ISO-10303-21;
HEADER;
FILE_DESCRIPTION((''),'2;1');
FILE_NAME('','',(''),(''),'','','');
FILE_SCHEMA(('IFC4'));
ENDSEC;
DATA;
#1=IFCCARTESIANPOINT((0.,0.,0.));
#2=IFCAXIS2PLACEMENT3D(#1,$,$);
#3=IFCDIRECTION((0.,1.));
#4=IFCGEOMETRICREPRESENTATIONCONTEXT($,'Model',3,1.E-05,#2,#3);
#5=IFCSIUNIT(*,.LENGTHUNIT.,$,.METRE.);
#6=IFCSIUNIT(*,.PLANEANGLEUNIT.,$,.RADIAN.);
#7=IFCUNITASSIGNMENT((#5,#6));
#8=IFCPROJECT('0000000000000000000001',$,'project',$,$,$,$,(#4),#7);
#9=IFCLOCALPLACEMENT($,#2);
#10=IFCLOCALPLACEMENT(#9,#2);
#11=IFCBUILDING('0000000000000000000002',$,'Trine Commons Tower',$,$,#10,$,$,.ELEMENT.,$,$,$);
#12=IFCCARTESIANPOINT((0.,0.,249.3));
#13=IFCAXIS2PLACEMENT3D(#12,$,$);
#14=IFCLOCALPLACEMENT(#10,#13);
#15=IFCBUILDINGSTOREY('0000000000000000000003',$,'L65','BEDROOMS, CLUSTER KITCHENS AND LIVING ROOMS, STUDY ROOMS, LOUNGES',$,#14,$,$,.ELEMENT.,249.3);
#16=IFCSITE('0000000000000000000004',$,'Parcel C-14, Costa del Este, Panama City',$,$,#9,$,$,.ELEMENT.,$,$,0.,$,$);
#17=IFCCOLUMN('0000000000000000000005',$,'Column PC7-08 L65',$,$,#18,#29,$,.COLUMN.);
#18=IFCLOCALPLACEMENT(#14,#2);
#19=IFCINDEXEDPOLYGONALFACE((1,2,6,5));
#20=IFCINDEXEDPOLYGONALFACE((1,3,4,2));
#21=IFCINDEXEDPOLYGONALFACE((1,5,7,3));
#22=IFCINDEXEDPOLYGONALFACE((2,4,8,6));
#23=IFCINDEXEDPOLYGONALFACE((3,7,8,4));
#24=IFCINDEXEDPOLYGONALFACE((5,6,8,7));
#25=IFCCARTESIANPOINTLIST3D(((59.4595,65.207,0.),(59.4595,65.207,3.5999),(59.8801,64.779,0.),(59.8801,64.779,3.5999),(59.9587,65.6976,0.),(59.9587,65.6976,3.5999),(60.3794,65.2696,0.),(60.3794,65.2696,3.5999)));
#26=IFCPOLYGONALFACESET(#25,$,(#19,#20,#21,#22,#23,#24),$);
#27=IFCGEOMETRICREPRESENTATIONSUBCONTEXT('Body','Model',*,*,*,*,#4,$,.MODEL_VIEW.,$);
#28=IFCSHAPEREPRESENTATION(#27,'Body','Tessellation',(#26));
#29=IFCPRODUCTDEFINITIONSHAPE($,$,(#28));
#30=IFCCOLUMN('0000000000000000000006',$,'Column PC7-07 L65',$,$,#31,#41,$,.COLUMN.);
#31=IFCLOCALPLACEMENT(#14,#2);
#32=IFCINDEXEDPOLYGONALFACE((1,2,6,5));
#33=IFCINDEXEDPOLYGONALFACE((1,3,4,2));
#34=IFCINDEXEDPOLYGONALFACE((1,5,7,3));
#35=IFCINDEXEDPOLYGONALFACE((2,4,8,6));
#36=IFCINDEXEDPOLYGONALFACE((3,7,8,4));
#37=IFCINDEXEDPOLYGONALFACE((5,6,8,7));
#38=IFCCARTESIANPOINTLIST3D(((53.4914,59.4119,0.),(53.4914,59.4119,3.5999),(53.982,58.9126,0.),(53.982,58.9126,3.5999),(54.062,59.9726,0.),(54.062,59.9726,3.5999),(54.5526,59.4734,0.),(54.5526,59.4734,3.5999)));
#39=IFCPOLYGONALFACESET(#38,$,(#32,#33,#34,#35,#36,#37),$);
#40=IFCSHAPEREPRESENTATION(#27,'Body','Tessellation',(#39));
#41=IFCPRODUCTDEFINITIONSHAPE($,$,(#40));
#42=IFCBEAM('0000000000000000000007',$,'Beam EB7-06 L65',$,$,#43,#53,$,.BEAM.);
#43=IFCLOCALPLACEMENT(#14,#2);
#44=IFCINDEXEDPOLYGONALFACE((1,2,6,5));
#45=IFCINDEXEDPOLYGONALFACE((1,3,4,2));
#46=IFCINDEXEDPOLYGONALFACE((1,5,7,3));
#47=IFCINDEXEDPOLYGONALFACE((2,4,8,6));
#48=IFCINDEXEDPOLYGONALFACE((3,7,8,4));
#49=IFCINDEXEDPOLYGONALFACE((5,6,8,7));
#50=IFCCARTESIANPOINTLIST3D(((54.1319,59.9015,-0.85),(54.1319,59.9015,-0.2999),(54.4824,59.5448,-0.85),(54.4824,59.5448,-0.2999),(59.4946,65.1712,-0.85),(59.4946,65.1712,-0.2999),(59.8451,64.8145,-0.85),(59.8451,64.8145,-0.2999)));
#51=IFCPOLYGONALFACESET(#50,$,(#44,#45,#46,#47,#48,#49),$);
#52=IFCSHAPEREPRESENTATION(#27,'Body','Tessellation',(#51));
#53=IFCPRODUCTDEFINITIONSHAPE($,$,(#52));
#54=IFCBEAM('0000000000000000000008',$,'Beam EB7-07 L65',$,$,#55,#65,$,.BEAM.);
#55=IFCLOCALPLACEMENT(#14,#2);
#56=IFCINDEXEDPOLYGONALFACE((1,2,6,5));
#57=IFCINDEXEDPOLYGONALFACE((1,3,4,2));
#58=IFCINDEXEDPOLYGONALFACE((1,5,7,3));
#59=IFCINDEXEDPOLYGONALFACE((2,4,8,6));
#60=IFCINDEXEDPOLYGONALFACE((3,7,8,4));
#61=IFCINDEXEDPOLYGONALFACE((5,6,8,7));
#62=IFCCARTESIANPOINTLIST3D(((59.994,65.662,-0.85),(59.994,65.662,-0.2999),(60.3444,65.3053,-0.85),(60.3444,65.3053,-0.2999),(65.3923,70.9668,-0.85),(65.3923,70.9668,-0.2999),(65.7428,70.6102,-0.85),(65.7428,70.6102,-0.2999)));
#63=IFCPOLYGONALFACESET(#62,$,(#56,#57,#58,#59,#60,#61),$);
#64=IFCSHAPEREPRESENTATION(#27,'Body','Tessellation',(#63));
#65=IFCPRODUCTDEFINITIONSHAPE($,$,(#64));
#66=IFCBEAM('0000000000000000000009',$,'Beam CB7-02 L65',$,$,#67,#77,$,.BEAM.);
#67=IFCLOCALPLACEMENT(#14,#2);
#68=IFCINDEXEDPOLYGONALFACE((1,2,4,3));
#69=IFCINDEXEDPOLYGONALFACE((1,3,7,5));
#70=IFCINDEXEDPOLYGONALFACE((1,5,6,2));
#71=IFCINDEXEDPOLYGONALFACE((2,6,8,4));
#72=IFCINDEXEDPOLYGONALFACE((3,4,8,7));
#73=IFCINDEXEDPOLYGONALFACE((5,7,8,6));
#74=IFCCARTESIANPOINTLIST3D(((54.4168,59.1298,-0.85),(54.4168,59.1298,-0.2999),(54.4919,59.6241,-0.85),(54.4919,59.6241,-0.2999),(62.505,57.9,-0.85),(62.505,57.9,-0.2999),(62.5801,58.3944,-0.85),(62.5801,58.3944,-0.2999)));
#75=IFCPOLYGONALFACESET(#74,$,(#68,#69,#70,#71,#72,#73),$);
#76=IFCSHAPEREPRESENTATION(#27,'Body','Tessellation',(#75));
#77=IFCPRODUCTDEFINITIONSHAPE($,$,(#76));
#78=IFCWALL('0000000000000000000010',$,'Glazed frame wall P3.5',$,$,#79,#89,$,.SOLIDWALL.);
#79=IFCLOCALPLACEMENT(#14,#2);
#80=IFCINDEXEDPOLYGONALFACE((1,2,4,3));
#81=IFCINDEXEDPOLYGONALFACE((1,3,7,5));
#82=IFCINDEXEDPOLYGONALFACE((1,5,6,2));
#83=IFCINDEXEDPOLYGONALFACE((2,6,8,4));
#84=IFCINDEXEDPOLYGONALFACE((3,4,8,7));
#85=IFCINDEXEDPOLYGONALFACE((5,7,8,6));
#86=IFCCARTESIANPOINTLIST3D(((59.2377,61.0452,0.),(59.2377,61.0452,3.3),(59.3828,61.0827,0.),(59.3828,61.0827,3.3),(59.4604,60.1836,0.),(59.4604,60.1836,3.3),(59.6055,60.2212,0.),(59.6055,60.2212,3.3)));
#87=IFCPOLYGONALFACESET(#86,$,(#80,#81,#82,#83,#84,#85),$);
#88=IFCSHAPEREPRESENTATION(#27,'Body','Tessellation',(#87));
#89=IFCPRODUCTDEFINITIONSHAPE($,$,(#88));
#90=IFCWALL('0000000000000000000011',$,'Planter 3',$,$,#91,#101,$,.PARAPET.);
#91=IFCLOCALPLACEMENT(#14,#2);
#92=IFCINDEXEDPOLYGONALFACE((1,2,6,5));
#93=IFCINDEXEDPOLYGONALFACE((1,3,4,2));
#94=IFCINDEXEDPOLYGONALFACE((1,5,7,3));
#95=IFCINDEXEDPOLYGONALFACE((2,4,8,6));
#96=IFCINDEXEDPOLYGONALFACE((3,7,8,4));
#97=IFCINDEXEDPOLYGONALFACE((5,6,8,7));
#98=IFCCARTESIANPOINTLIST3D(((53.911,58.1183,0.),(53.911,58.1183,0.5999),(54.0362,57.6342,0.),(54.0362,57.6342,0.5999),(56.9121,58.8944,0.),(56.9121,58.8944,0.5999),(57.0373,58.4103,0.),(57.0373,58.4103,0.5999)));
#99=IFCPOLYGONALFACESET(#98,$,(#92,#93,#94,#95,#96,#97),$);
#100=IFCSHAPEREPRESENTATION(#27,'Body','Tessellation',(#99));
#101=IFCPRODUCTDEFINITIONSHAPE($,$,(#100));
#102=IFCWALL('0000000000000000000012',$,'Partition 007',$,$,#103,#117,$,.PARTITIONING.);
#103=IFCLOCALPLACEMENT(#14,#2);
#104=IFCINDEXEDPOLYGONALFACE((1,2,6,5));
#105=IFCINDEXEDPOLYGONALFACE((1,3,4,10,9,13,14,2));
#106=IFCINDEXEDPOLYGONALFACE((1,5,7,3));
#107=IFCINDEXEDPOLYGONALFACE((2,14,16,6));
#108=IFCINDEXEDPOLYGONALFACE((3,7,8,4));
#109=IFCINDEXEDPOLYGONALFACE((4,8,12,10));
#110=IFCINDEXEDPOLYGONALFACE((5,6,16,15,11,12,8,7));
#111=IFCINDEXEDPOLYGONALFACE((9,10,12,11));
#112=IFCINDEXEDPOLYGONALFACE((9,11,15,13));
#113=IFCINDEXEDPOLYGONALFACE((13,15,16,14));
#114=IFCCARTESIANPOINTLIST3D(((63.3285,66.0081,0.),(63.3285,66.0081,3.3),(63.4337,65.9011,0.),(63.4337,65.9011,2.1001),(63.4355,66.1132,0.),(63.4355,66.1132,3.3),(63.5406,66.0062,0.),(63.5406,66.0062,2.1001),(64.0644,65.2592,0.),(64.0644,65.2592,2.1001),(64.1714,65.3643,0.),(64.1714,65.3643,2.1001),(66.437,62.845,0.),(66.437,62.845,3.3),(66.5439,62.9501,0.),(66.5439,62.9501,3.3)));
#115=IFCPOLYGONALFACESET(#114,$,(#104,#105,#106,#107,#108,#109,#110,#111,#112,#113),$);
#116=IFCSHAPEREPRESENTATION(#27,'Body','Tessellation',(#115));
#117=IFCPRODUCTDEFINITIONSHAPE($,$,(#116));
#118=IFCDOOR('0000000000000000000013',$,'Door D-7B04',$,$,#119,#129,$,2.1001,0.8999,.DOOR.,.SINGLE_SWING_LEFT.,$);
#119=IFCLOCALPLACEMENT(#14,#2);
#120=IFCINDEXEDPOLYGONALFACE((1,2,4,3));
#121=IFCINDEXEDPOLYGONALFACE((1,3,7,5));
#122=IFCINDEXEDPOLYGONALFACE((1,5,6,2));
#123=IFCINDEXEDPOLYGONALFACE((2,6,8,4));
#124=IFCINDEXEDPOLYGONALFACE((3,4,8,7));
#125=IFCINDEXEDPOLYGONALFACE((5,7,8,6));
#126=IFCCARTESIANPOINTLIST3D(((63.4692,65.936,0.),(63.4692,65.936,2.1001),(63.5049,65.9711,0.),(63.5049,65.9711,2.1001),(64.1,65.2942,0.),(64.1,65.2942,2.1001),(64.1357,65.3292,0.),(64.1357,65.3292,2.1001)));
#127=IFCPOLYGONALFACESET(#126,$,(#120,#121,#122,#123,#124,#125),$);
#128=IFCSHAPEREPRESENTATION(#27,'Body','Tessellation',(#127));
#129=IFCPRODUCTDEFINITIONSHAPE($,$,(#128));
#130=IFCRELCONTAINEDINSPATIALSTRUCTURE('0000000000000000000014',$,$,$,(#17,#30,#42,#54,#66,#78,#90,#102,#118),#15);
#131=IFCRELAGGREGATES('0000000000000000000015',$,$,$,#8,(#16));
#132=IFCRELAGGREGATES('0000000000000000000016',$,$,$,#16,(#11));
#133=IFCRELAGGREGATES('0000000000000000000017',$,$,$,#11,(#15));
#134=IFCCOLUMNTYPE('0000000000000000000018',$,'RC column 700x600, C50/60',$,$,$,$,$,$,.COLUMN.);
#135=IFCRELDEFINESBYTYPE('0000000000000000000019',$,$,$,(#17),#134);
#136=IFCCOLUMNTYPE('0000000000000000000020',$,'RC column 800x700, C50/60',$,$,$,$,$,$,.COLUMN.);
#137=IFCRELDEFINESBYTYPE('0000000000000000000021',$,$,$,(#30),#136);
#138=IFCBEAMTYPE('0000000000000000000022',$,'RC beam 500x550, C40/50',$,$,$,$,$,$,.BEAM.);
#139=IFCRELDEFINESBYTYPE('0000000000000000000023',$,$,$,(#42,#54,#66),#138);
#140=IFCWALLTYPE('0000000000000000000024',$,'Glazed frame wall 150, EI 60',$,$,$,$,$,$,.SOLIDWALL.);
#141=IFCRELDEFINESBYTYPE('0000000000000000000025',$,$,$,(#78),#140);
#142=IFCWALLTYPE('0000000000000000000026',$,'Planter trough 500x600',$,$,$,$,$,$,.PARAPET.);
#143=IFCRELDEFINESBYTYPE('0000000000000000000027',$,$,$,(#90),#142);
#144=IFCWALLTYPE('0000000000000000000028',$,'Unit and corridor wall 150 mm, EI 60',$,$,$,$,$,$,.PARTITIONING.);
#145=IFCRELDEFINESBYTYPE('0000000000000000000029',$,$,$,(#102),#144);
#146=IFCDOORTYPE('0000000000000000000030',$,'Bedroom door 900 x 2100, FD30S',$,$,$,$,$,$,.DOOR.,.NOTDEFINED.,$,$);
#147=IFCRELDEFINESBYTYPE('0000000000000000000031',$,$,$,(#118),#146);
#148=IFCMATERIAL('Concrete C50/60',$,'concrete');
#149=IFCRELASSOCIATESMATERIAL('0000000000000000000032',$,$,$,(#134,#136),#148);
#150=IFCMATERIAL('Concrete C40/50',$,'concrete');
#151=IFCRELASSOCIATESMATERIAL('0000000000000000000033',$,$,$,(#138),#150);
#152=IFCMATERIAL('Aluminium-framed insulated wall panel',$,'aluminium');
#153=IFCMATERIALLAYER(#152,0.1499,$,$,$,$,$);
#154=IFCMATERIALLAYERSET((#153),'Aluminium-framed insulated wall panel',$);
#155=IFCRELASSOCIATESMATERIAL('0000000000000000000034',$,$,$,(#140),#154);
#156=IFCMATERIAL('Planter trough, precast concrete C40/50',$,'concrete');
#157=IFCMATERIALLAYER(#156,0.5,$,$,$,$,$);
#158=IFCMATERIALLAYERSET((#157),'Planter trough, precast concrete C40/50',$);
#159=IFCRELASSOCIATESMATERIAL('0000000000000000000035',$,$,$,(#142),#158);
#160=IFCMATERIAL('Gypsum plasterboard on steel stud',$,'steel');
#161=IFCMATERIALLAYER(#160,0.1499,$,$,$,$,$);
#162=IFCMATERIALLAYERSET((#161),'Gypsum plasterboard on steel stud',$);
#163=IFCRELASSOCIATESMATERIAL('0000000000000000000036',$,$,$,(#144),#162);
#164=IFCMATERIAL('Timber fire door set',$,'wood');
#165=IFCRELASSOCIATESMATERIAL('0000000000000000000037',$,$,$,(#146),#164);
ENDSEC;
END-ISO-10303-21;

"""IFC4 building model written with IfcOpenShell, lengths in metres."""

from ifc_helpers import new_model, si_unit, direction, frame, frame_2d, origin, origin_2d, place, context, subcontext, project, spatial, polyline, rectangle, outline, extrude, material, layer, layer_set, material_profile, profile_set, type_object, element, fill, save


model = new_model("IFC4")

# Units and contexts
model_context = context("Model", 3, precision=1e-05, world=origin(), true_north=direction((0.0, 1.0)))
body_context = subcontext(model_context, "Body", "Model", "MODEL_VIEW")
ifc_project = project(units=[si_unit("LENGTHUNIT", "METRE"), si_unit("PLANEANGLEUNIT", "RADIAN")], contexts=[model_context])

# Site, building, storey
site_placement = place(None, origin())
site = spatial("IfcSite", under=ifc_project, at=site_placement, Name="Parcel C-14, Costa del Este, Panama City", CompositionType="ELEMENT", RefElevation=0.0)
building_placement = place(site_placement, origin())
building = spatial("IfcBuilding", under=site, at=building_placement, Name="Trine Commons Tower", CompositionType="ELEMENT")
storey_placement = place(building_placement, frame((0.0, 0.0, 249.3)))
storey = spatial("IfcBuildingStorey", under=building, at=storey_placement, Name="L65", Description="BEDROOMS, CLUSTER KITCHENS AND LIVING ROOMS, STUDY ROOMS, LOUNGES", CompositionType="ELEMENT", Elevation=249.3)

# Columns
ifc_material_1 = material(Name="Concrete C50/60", Category="concrete")
ifc_material_profile_1 = material_profile(ifc_material_1, rectangle(XDim=0.7, YDim=0.6001, at=origin_2d()), Name="RC 700x600")
ifc_profile_set_1 = profile_set([ifc_material_profile_1], Name="Concrete C50/60")
column_type_1 = type_object("IfcColumnType", Name="RC column 700x600, C50/60", PredefinedType="COLUMN", material=ifc_profile_set_1)
column_1_placement = place(storey_placement, frame((59.9194, 65.2383, 0.0), z_axis=(0.0, 0.0, 1.0), x_axis=(0.71325, 0.700909, 0.0)))
element("IfcColumn", 1, at=column_1_placement, inside=storey, type_object=column_type_1, Name="Column PC7-08 L65", PredefinedType="COLUMN", context=body_context, shape_type="SweptSolid", body=[
    extrude(rectangle(XDim=0.7, YDim=0.6001, at=origin_2d()), origin(), (0.0, 0.0, 1.0), 3.5999),
])
ifc_material_profile_2 = material_profile(ifc_material_1, rectangle(XDim=0.8, YDim=0.7, at=origin_2d()), Name="RC 800x700")
ifc_profile_set_2 = profile_set([ifc_material_profile_2], Name="Concrete C50/60")
column_type_2 = type_object("IfcColumnType", Name="RC column 800x700, C50/60", PredefinedType="COLUMN", material=ifc_profile_set_2)
column_2_placement = place(storey_placement, frame((54.022, 59.4426, 0.0), z_axis=(0.0, 0.0, 1.0), x_axis=(0.71325, 0.700909, 0.0)))
element("IfcColumn", 2, at=column_2_placement, inside=storey, type_object=column_type_2, Name="Column PC7-07 L65", PredefinedType="COLUMN", context=body_context, shape_type="SweptSolid", body=[
    extrude(rectangle(XDim=0.8, YDim=0.7, at=origin_2d()), origin(), (0.0, 0.0, 1.0), 3.5999),
])

# Beams
ifc_material_2 = material(Name="Concrete C40/50", Category="concrete")
ifc_material_profile_3 = material_profile(ifc_material_2, rectangle(XDim=0.5, YDim=0.55, at=origin_2d()), Name="RC 500x550")
ifc_profile_set_3 = profile_set([ifc_material_profile_3], Name="Concrete C40/50")
beam_type = type_object("IfcBeamType", Name="RC beam 500x550, C40/50", PredefinedType="BEAM", material=ifc_profile_set_3)
beam_1_placement = place(storey_placement, frame((54.3071, 59.7231, -0.575), z_axis=(0.713266, 0.700894, 0.0), x_axis=(-0.700894, 0.713266, 0.0)))
element("IfcBeam", 3, at=beam_1_placement, inside=storey, type_object=beam_type, Name="Beam EB7-06 L65", PredefinedType="BEAM", context=body_context, shape_type="SweptSolid", body=[
    extrude(rectangle(XDim=0.5, YDim=0.55, at=origin_2d()), origin(), (0.0, 0.0, 1.0), 7.5186),
])
beam_2_placement = place(storey_placement, frame((60.1692, 65.4836, -0.575), z_axis=(0.713257, 0.700903, 0.0), x_axis=(-0.700903, 0.713257, 0.0)))
element("IfcBeam", 4, at=beam_2_placement, inside=storey, type_object=beam_type, Name="Beam EB7-07 L65", PredefinedType="BEAM", context=body_context, shape_type="SweptSolid", body=[
    extrude(rectangle(XDim=0.5, YDim=0.55, at=origin_2d()), origin(), (0.0, 0.0, 1.0), 7.5686),
])
beam_3_placement = place(storey_placement, frame((54.4543, 59.377, -0.575), z_axis=(0.988638, -0.150315, 0.0), x_axis=(0.150315, 0.988638, 0.0)))
element("IfcBeam", 5, at=beam_3_placement, inside=storey, type_object=beam_type, Name="Beam CB7-02 L65", PredefinedType="BEAM", context=body_context, shape_type="SweptSolid", body=[
    extrude(rectangle(XDim=0.5, YDim=0.55, at=origin_2d()), origin(), (0.0, 0.0, 1.0), 8.1812),
])

# Shared definitions
ifc_material_3 = material(Name="Aluminium-framed insulated wall panel", Category="aluminium")
ifc_layer_1 = layer(ifc_material_3, 0.1499)
ifc_layer_set_1 = layer_set([ifc_layer_1], Name="Aluminium-framed insulated wall panel")
wall_type_1 = type_object("IfcWallType", Name="Glazed frame wall 150, EI 60", PredefinedType="SOLIDWALL", material=ifc_layer_set_1)

# Walls
wall_1_placement = place(storey_placement, frame((59.533, 60.2024, 0.0), z_axis=(0.0, 0.0, 1.0), x_axis=(-0.250284, 0.968172, 0.0)))
element("IfcWall", 6, at=wall_1_placement, inside=storey, type_object=wall_type_1, Name="Glazed frame wall P3.5", PredefinedType="SOLIDWALL", context=body_context, shape_type="SweptSolid", body=[
    extrude(outline(polyline([(0.8899, 0.075), (0.0, 0.075), (0.0, -0.075), (0.8899, -0.075), (0.8899, 0.075)])), origin(), (0.0, 0.0, 1.0), 3.3),
])
ifc_material_4 = material(Name="Planter trough, precast concrete C40/50", Category="concrete")
ifc_layer_2 = layer(ifc_material_4, 0.5)
ifc_layer_set_2 = layer_set([ifc_layer_2], Name="Planter trough, precast concrete C40/50")
wall_type_2 = type_object("IfcWallType", Name="Planter trough 500x600", PredefinedType="PARAPET", material=ifc_layer_set_2)
wall_2_placement = place(storey_placement, frame((56.9746, 58.6523, 0.0), z_axis=(0.0, 0.0, 1.0), x_axis=(-0.968151, -0.250366, 0.0)))
element("IfcWall", 7, at=wall_2_placement, inside=storey, type_object=wall_type_2, Name="Planter 3", PredefinedType="PARAPET", context=body_context, shape_type="SweptSolid", body=[
    extrude(rectangle(XDim=3.0999, YDim=0.5, at=frame_2d((1.5498, 0.0))), origin(), (0.0, 0.0, 1.0), 0.5999),
])

# Wall, opening, door
ifc_material_5 = material(Name="Gypsum plasterboard on steel stud", Category="steel")
ifc_layer_3 = layer(ifc_material_5, 0.1499)
ifc_layer_set_3 = layer_set([ifc_layer_3], Name="Gypsum plasterboard on steel stud")
wall_type_3 = type_object("IfcWallType", Name="Unit and corridor wall 150 mm, EI 60", PredefinedType="PARTITIONING", material=ifc_layer_set_3)
wall_3_placement = place(storey_placement, frame((63.3821, 66.0605, 0.0), z_axis=(0.0, 0.0, 1.0), x_axis=(0.700914, -0.713246, 0.0)))
wall_3 = element("IfcWall", 8, at=wall_3_placement, inside=storey, type_object=wall_type_3, Name="Partition 007", PredefinedType="PARTITIONING", context=body_context, shape_type="SweptSolid", body=[
    extrude(rectangle(XDim=4.4348, YDim=0.1499, at=frame_2d((2.2173, 0.0))), origin(), (0.0, 0.0, 1.0), 3.3),
])
opening_1_placement = place(wall_3_placement, frame((0.1499, 0.0, 0.0)))
opening_1 = element("IfcOpeningElement", 9, at=opening_1_placement, cuts=wall_3, PredefinedType="OPENING", context=body_context, shape_type="SweptSolid", body=[
    extrude(rectangle(XDim=0.8999, YDim=2.1001, at=frame_2d((0.45, 1.05))), frame((0.0, 0.085, 0.0), z_axis=(0.0, -1.0, 0.0), x_axis=(1.0, 0.0, 0.0)), (0.0, 0.0, 1.0), 0.1699),
])
ifc_material_6 = material(Name="Timber fire door set", Category="wood")
door_type_1 = type_object("IfcDoorType", Name="Bedroom door 900 x 2100, FD30S", OperationType="NOTDEFINED", PredefinedType="DOOR", material=ifc_material_6)
door_1_placement = place(opening_1_placement, origin())
door_1 = element("IfcDoor", 10, at=door_1_placement, inside=storey, type_object=door_type_1, Name="Door D-7B04", OperationType="SINGLE_SWING_LEFT", OverallHeight=2.1001, OverallWidth=0.8999, PredefinedType="DOOR", context=body_context, shape_type="SweptSolid", body=[
    extrude(rectangle(XDim=0.8999, YDim=2.1001, at=frame_2d((0.45, 1.05))), frame((0.0, 0.0249, 0.0), z_axis=(0.0, -1.0, 0.0), x_axis=(1.0, 0.0, 0.0)), (0.0, 0.0, 1.0), 0.05),
])
fill(opening_1, door_1)

save(model, "model.ifc")
